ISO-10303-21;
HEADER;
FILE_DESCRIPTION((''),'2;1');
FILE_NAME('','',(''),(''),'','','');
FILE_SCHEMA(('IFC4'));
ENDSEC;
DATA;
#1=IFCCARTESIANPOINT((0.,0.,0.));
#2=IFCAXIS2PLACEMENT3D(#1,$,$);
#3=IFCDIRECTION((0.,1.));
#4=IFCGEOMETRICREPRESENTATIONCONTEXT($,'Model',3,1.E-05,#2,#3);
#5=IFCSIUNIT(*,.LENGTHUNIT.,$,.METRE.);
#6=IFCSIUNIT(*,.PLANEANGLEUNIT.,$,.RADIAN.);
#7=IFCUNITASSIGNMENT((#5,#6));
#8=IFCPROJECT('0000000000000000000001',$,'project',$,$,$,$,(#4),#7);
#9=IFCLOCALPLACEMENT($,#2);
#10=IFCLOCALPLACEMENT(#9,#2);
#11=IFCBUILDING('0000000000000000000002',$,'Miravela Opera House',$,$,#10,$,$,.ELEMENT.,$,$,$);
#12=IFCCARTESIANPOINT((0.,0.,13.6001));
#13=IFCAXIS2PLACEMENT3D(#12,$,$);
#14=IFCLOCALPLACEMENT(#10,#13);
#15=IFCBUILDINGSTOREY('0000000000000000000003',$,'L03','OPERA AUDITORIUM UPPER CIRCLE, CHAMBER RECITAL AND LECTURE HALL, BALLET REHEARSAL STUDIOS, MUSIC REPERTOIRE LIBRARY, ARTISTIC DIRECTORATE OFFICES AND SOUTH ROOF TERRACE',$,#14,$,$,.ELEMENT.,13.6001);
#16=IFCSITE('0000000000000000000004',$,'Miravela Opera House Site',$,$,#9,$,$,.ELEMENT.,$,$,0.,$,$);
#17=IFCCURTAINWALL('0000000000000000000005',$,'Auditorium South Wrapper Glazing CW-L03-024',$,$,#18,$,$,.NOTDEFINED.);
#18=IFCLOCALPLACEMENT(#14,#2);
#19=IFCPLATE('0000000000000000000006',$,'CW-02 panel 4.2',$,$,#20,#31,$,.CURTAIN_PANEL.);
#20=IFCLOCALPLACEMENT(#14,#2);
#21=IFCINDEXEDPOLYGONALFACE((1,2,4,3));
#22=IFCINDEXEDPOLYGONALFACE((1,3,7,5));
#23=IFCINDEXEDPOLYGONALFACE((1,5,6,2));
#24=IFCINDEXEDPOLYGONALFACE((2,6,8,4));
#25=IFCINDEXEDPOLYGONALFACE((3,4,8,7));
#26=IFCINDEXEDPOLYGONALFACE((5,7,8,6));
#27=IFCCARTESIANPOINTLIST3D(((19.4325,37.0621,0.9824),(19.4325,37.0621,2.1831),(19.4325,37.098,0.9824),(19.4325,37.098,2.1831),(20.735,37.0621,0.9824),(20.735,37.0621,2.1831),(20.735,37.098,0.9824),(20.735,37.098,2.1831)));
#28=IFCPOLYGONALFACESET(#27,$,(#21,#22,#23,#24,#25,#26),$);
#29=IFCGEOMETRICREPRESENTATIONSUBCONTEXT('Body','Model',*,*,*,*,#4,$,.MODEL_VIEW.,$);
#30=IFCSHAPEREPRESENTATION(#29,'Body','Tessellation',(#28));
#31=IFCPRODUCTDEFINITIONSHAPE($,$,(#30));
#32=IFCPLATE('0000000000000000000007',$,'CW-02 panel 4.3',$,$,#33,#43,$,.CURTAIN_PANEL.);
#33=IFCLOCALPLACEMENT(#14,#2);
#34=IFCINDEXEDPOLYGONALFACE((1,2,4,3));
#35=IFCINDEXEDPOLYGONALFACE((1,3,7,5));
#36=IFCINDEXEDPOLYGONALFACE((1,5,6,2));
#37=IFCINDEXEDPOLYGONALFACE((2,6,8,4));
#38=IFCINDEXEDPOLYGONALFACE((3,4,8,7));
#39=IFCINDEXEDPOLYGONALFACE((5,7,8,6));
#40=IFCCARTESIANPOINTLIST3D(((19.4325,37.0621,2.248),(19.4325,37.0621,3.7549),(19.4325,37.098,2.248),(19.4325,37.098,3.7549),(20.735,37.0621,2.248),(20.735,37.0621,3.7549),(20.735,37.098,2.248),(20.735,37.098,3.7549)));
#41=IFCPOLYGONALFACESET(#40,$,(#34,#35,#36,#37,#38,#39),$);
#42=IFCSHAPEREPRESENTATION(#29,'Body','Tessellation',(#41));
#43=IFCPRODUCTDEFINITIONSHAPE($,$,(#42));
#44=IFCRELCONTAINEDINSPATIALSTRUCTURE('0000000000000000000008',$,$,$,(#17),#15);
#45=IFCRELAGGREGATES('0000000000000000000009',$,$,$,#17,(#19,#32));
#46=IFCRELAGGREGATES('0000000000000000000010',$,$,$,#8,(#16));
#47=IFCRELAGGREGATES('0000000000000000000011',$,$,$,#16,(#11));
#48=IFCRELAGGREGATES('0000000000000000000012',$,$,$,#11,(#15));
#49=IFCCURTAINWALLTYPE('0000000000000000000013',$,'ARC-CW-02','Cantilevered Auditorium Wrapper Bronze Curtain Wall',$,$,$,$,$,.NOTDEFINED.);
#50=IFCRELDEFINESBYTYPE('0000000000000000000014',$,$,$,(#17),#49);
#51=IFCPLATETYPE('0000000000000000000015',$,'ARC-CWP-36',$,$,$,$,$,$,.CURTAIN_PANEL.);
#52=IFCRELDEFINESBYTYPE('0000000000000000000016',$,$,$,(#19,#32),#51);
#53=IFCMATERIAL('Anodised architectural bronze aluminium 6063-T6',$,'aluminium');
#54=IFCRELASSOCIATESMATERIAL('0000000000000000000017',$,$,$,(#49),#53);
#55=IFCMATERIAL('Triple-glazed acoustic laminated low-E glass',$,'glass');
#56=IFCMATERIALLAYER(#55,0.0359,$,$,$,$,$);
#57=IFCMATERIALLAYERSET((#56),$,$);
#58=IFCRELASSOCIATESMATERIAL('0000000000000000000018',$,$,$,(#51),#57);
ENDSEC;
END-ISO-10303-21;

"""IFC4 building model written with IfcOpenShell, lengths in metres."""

from ifc_helpers import new_model, si_unit, direction, frame, origin, origin_2d, place, context, subcontext, project, spatial, rectangle, extrude, material, layer, layer_set, type_object, element, aggregate, save


model = new_model("IFC4")

# Units and contexts
model_context = context("Model", 3, precision=1e-05, world=origin(), true_north=direction((0.0, 1.0)))
body_context = subcontext(model_context, "Body", "Model", "MODEL_VIEW")
ifc_project = project(units=[si_unit("LENGTHUNIT", "METRE"), si_unit("PLANEANGLEUNIT", "RADIAN")], contexts=[model_context])

# Site, building, storey
site_placement = place(None, origin())
site = spatial("IfcSite", under=ifc_project, at=site_placement, Name="Miravela Opera House Site", CompositionType="ELEMENT", RefElevation=0.0)
building_placement = place(site_placement, origin())
building = spatial("IfcBuilding", under=site, at=building_placement, Name="Miravela Opera House", CompositionType="ELEMENT")
storey_placement = place(building_placement, frame((0.0, 0.0, 13.6001)))
storey = spatial("IfcBuildingStorey", under=building, at=storey_placement, Name="L03", Description="OPERA AUDITORIUM UPPER CIRCLE, CHAMBER RECITAL AND LECTURE HALL, BALLET REHEARSAL STUDIOS, MUSIC REPERTOIRE LIBRARY, ARTISTIC DIRECTORATE OFFICES AND SOUTH ROOF TERRACE", CompositionType="ELEMENT", Elevation=13.6001)

# Curtain wall
ifc_material_1 = material(Name="Anodised architectural bronze aluminium 6063-T6", Category="aluminium")
curtain_wall_type = type_object("IfcCurtainWallType", Name="ARC-CW-02", Description="Cantilevered Auditorium Wrapper Bronze Curtain Wall", PredefinedType="NOTDEFINED", material=ifc_material_1)
curtain_wall_1_placement = place(storey_placement, origin())
curtain_wall_1 = element("IfcCurtainWall", 1, at=curtain_wall_1_placement, inside=storey, type_object=curtain_wall_type, Name="Auditorium South Wrapper Glazing CW-L03-024", PredefinedType="NOTDEFINED")

# Plates
ifc_material_2 = material(Name="Triple-glazed acoustic laminated low-E glass", Category="glass")
ifc_layer = layer(ifc_material_2, 0.0359)
ifc_layer_set = layer_set([ifc_layer])
plate_type = type_object("IfcPlateType", Name="ARC-CWP-36", PredefinedType="CURTAIN_PANEL", material=ifc_layer_set)
plate_1_placement = place(storey_placement, frame((20.0837, 37.0801, 0.9824), z_axis=(0.0, 0.0, 1.0), x_axis=(1.0, 0.0, 0.0)))
plate_1 = element("IfcPlate", 2, at=plate_1_placement, type_object=plate_type, Name="CW-02 panel 4.2", PredefinedType="CURTAIN_PANEL", context=body_context, shape_type="SweptSolid", body=[
    extrude(rectangle(XDim=1.3025, YDim=0.0359, at=origin_2d()), origin(), (0.0, 0.0, 1.0), 1.2007),
])
plate_2_placement = place(storey_placement, frame((20.0837, 37.0801, 2.248), z_axis=(0.0, 0.0, 1.0), x_axis=(1.0, 0.0, 0.0)))
plate_2 = element("IfcPlate", 3, at=plate_2_placement, type_object=plate_type, Name="CW-02 panel 4.3", PredefinedType="CURTAIN_PANEL", context=body_context, shape_type="SweptSolid", body=[
    extrude(rectangle(XDim=1.3025, YDim=0.0359, at=origin_2d()), origin(), (0.0, 0.0, 1.0), 1.5068),
])
aggregate(curtain_wall_1, [plate_1, plate_2])

save(model, "model.ifc")
